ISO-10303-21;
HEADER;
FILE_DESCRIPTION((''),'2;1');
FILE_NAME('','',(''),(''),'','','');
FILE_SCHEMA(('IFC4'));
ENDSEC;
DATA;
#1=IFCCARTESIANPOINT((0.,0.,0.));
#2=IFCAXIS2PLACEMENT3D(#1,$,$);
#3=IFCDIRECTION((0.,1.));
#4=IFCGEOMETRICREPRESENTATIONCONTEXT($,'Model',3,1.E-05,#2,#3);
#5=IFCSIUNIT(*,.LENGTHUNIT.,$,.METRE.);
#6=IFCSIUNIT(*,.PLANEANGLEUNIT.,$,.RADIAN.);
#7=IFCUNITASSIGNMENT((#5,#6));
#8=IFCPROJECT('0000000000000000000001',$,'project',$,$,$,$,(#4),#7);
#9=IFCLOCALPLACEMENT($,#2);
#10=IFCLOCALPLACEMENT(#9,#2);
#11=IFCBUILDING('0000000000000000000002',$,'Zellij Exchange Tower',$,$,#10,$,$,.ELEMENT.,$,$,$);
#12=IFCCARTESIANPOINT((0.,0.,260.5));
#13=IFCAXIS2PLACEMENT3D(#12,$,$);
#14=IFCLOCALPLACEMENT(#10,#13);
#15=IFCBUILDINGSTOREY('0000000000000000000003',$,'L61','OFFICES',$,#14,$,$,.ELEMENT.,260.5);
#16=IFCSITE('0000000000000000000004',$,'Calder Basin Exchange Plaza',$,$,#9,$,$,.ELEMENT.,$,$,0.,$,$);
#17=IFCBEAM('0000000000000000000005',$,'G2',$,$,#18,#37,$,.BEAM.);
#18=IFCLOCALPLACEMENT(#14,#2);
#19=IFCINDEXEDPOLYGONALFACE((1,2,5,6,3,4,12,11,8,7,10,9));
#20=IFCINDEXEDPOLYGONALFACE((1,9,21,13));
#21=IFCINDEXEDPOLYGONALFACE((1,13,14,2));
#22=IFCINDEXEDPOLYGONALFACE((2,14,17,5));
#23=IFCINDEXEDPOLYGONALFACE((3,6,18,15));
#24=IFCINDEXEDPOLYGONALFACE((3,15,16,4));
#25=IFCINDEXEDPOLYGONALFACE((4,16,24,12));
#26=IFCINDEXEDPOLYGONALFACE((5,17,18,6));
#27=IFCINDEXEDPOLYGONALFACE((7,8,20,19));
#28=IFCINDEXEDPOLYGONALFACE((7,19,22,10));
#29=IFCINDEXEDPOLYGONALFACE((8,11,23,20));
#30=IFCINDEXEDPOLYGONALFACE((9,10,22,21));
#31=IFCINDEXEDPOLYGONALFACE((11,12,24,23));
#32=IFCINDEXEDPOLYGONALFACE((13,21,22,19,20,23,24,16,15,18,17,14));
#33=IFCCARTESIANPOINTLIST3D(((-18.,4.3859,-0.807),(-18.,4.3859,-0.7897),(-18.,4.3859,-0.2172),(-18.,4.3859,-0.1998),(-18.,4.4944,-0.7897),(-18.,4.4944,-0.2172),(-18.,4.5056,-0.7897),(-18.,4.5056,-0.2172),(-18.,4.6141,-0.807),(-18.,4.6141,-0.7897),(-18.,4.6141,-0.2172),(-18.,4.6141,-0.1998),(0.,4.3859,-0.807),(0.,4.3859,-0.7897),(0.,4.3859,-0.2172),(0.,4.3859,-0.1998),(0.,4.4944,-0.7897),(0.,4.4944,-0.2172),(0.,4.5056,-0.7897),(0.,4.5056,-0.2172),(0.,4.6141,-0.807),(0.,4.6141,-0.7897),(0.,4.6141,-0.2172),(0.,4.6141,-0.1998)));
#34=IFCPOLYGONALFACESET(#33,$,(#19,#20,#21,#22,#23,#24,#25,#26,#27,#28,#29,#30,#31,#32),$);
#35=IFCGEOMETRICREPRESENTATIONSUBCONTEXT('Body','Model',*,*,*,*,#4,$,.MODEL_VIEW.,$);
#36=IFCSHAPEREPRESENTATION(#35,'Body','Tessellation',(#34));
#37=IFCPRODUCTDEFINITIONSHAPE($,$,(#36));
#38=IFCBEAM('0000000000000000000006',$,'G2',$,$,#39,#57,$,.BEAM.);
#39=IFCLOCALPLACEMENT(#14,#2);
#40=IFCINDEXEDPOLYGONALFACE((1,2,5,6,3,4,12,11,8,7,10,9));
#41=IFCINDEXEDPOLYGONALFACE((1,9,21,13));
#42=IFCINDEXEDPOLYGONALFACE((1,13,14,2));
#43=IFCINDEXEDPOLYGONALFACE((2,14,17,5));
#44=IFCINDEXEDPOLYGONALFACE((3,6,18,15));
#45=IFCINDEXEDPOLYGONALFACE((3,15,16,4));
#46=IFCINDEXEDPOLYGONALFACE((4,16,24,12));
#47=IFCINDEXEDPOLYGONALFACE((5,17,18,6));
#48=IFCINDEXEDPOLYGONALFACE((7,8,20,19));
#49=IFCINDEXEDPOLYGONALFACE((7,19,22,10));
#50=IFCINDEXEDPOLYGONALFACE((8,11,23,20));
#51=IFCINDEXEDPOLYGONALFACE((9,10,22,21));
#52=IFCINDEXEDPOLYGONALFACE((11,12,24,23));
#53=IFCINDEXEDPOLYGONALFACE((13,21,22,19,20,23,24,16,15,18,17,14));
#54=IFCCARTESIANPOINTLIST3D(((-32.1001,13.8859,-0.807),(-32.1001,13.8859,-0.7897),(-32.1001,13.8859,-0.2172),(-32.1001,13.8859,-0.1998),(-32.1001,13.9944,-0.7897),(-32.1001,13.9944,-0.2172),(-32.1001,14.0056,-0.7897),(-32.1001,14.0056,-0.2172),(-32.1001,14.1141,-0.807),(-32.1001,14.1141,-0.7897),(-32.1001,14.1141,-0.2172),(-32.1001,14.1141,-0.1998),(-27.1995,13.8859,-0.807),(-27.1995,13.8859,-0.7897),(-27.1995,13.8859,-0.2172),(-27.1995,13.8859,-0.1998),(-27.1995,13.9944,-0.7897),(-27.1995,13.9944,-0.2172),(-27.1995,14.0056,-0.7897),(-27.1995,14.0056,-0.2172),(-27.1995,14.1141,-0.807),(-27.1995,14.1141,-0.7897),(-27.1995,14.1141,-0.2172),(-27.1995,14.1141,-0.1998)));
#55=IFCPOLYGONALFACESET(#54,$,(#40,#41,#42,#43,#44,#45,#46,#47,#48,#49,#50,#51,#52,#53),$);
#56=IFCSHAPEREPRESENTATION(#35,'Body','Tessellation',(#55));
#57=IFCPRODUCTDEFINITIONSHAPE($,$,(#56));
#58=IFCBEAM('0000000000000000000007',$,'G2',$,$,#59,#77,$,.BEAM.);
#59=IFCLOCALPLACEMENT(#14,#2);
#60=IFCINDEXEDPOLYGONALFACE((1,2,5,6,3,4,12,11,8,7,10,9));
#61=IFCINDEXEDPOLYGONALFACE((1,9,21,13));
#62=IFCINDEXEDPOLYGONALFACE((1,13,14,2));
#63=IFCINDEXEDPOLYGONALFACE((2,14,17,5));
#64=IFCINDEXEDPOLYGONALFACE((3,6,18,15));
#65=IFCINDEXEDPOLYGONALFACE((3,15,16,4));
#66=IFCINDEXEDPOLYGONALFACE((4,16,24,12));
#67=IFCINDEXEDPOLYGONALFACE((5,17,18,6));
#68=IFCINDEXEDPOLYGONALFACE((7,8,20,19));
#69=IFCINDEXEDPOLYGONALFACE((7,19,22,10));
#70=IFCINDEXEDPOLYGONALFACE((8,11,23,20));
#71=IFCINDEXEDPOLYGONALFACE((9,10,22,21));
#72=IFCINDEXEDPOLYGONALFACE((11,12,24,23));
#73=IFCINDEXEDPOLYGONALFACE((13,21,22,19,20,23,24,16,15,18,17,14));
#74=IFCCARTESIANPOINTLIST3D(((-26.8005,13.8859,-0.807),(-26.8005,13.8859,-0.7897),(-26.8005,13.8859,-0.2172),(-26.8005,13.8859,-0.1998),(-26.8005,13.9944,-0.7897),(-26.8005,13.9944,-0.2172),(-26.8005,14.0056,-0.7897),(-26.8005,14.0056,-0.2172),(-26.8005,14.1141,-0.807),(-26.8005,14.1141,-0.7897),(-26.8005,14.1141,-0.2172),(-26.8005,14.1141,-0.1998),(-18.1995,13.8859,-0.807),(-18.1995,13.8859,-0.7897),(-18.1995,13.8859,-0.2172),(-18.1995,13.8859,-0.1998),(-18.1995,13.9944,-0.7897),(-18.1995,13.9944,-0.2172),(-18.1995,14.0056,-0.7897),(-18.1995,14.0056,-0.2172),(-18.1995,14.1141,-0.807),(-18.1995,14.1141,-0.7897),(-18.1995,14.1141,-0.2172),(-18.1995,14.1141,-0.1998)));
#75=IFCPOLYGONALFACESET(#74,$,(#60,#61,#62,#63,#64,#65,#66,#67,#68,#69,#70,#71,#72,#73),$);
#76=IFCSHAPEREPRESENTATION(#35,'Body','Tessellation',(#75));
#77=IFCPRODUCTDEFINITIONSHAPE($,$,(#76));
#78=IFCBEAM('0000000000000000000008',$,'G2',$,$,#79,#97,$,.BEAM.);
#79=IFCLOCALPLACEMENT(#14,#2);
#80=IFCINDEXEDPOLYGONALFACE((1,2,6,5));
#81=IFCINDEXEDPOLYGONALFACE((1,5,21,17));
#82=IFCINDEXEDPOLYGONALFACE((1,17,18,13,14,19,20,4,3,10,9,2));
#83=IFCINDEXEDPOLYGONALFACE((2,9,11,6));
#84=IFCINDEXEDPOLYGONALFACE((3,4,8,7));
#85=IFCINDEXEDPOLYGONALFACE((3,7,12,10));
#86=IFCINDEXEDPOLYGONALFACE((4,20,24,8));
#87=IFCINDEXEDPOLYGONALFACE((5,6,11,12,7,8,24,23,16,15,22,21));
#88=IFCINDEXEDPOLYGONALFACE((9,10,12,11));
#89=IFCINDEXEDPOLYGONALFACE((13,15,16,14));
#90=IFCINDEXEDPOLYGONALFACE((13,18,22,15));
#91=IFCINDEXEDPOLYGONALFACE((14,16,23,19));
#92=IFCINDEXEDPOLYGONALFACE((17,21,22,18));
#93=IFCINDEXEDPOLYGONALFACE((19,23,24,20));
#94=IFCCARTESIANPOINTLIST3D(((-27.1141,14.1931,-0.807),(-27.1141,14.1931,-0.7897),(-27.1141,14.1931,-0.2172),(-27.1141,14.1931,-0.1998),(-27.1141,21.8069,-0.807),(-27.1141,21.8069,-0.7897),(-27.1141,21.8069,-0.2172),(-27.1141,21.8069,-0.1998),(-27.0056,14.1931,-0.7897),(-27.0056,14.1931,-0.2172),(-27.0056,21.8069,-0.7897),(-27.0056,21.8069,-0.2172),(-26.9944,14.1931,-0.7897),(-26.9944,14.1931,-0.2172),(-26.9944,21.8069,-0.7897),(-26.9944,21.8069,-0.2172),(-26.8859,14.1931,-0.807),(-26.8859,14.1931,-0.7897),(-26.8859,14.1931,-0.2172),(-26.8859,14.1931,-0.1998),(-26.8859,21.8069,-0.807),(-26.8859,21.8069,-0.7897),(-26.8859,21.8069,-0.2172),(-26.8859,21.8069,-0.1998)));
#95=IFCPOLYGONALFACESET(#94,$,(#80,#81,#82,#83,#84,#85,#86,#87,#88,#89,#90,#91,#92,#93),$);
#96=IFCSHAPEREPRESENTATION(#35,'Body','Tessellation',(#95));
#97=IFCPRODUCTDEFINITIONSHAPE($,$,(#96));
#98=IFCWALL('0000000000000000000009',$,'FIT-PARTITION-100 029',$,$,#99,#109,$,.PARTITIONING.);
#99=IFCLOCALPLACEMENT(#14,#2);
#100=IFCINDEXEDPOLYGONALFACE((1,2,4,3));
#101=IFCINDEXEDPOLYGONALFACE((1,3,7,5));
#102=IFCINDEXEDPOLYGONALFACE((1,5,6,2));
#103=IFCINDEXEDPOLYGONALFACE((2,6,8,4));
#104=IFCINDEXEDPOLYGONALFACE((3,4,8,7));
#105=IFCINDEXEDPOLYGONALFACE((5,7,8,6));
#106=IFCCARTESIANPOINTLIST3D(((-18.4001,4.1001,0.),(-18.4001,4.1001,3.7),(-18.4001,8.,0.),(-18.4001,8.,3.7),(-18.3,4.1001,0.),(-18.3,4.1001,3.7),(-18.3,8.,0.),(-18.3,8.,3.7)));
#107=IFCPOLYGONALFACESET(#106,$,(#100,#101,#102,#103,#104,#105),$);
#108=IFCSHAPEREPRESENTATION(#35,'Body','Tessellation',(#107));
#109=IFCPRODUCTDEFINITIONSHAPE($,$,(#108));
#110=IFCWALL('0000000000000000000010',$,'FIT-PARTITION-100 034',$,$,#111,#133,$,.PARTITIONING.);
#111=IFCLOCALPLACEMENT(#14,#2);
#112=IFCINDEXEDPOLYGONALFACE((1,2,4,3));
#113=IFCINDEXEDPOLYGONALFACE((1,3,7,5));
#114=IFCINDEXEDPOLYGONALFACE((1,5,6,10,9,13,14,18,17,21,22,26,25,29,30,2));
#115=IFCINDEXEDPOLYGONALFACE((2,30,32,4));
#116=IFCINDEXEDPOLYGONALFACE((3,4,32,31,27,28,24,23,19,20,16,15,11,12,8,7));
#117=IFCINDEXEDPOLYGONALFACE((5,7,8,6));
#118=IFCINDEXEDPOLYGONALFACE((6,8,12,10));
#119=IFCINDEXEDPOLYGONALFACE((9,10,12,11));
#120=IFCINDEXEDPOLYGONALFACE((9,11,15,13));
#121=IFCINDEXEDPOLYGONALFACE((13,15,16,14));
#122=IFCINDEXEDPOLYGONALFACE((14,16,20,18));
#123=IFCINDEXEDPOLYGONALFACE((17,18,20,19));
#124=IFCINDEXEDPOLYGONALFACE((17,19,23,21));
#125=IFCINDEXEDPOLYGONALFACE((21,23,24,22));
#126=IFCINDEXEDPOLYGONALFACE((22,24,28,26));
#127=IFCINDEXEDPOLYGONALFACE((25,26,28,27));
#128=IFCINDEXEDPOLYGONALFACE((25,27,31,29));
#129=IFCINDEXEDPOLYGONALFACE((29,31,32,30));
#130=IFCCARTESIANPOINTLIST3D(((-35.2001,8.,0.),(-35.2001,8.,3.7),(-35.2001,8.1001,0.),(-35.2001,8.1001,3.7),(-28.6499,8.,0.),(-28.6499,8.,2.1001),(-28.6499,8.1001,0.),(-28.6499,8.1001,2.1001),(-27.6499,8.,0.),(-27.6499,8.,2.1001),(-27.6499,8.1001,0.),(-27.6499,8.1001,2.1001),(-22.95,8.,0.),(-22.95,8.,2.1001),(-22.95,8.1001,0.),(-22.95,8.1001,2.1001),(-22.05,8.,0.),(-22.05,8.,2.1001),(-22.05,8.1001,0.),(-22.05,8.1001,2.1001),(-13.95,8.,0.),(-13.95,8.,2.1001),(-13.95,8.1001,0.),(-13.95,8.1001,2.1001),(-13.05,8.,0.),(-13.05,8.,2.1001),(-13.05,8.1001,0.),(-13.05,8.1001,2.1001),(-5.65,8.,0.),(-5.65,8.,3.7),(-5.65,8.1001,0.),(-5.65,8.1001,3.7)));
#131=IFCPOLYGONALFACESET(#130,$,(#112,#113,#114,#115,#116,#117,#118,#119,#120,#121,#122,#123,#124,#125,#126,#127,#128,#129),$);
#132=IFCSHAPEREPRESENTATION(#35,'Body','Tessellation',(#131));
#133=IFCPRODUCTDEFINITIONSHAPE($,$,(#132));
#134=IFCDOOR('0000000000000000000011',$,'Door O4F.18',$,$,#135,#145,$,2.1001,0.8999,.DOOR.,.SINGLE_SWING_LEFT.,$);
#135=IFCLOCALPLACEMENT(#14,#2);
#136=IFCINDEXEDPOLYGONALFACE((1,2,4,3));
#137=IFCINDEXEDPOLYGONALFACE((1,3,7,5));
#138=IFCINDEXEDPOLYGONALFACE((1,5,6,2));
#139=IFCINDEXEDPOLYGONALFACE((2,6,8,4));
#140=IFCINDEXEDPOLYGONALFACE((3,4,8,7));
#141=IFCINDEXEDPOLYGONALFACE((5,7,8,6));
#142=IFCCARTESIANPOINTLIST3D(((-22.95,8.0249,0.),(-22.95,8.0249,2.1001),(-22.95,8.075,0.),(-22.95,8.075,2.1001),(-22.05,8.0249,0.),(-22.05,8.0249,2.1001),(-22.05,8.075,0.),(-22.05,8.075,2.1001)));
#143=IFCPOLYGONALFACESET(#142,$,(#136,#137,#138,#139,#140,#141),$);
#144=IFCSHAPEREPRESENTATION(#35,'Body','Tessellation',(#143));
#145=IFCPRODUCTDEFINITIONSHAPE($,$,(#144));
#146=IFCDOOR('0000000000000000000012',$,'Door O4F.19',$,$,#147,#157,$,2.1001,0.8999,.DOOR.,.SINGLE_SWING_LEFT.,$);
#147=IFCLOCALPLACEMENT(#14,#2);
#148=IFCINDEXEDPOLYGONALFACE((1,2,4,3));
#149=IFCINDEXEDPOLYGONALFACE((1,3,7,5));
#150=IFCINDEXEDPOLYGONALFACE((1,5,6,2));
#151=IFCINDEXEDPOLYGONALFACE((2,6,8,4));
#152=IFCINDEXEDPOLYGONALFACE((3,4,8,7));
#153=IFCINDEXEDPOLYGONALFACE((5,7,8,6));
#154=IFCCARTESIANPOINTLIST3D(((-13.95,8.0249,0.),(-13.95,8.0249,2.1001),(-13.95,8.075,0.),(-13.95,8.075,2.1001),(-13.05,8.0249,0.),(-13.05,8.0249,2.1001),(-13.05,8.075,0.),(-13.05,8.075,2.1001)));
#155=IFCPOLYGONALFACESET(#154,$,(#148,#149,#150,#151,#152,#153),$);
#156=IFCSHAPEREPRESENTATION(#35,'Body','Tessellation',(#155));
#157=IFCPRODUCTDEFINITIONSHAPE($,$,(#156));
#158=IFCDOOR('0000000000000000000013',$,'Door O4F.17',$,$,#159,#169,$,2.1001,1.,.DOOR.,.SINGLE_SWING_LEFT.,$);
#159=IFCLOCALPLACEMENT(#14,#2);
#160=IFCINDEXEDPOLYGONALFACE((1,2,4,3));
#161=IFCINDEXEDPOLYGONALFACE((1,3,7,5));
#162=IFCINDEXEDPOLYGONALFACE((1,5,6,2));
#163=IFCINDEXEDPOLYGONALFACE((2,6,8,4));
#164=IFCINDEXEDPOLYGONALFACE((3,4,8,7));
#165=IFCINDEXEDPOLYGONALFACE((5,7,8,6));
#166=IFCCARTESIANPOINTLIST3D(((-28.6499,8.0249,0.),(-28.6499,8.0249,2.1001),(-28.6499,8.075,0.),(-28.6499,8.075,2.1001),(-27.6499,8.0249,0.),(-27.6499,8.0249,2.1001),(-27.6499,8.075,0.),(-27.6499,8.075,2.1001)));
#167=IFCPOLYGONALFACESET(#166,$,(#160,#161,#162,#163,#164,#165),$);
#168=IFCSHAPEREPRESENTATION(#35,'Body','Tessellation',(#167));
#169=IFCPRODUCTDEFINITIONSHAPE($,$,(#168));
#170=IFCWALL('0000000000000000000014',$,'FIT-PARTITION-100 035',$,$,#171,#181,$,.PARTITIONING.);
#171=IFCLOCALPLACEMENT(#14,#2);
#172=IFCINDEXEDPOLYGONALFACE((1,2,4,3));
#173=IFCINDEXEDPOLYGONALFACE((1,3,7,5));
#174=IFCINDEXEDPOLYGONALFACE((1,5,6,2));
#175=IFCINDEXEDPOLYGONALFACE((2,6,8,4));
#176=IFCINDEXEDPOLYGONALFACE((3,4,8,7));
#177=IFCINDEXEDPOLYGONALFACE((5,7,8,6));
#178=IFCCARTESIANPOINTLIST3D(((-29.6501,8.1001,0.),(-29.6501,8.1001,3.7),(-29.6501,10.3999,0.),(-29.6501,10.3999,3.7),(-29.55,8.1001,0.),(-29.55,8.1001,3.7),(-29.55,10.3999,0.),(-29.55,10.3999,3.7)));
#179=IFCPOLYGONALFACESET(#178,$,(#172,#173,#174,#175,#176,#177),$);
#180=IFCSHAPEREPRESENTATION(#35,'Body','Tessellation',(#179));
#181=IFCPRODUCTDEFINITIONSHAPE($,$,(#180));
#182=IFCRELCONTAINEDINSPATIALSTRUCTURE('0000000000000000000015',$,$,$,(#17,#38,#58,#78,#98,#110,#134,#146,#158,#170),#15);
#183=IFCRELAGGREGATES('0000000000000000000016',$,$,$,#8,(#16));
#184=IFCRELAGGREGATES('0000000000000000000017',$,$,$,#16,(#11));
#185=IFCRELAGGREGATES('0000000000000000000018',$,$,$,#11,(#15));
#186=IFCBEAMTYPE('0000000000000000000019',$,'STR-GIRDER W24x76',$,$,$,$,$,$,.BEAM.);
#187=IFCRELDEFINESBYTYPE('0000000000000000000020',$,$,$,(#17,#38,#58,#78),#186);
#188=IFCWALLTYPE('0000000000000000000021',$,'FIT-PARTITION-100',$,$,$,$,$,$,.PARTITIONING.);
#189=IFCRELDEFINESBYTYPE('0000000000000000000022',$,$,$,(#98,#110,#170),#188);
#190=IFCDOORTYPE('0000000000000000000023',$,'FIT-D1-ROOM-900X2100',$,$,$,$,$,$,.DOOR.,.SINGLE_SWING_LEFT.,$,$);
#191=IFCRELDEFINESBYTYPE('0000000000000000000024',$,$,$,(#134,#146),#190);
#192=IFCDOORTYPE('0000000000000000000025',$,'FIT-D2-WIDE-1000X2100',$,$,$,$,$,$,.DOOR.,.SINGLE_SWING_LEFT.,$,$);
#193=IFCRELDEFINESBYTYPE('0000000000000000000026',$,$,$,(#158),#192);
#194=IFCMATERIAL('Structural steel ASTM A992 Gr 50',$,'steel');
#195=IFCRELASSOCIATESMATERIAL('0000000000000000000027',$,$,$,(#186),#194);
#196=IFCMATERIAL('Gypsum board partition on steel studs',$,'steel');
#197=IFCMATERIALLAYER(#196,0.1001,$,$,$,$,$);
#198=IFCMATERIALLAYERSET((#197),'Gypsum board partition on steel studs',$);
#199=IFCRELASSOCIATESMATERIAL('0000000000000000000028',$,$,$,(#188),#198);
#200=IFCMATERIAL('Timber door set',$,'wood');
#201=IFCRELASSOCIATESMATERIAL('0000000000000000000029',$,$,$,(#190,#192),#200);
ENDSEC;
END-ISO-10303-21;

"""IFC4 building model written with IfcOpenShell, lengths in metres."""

from ifc_helpers import new_model, si_unit, direction, frame, frame_2d, origin, origin_2d, place, context, subcontext, project, spatial, rectangle, i_section, extrude, material, layer, layer_set, material_profile, profile_set, type_object, element, fill, save


model = new_model("IFC4")

# Units and contexts
model_context = context("Model", 3, precision=1e-05, world=origin(), true_north=direction((0.0, 1.0)))
body_context = subcontext(model_context, "Body", "Model", "MODEL_VIEW")
ifc_project = project(units=[si_unit("LENGTHUNIT", "METRE"), si_unit("PLANEANGLEUNIT", "RADIAN")], contexts=[model_context])

# Site, building, storey
site_placement = place(None, origin())
site = spatial("IfcSite", under=ifc_project, at=site_placement, Name="Calder Basin Exchange Plaza", CompositionType="ELEMENT", RefElevation=0.0)
building_placement = place(site_placement, origin())
building = spatial("IfcBuilding", under=site, at=building_placement, Name="Zellij Exchange Tower", CompositionType="ELEMENT")
storey_placement = place(building_placement, frame((0.0, 0.0, 260.5)))
storey = spatial("IfcBuildingStorey", under=building, at=storey_placement, Name="L61", Description="OFFICES", CompositionType="ELEMENT", Elevation=260.5)

# Shared definitions
ifc_material_1 = material(Name="Structural steel ASTM A992 Gr 50", Category="steel")

# Beams
ifc_material_profile_1 = material_profile(ifc_material_1, i_section(OverallWidth=0.2283, OverallDepth=0.6072, WebThickness=0.0112, FlangeThickness=0.0173, at=origin_2d()), Name="W24x76")
ifc_profile_set_1 = profile_set([ifc_material_profile_1], Name="Structural steel ASTM A992 Gr 50")
beam_type_1 = type_object("IfcBeamType", Name="STR-GIRDER W24x76", PredefinedType="BEAM", material=ifc_profile_set_1)
beam_1_placement = place(storey_placement, frame((-18.0, 4.5, -0.5034), z_axis=(1.0, 0.0, 0.0), x_axis=(0.0, 1.0, 0.0)))
element("IfcBeam", 1, at=beam_1_placement, inside=storey, type_object=beam_type_1, Name="G2", PredefinedType="BEAM", context=body_context, shape_type="SweptSolid", body=[
    extrude(i_section(OverallWidth=0.2283, OverallDepth=0.6072, WebThickness=0.0112, FlangeThickness=0.0173, at=origin_2d()), origin(), (0.0, 0.0, 1.0), 18.0),
])
beam_2_placement = place(storey_placement, frame((-32.1001, 14.0, -0.5034), z_axis=(1.0, 0.0, 0.0), x_axis=(0.0, 1.0, 0.0)))
element("IfcBeam", 2, at=beam_2_placement, inside=storey, type_object=beam_type_1, Name="G2", PredefinedType="BEAM", context=body_context, shape_type="SweptSolid", body=[
    extrude(i_section(OverallWidth=0.2283, OverallDepth=0.6072, WebThickness=0.0112, FlangeThickness=0.0173, at=origin_2d()), origin(), (0.0, 0.0, 1.0), 4.9006),
])
beam_3_placement = place(storey_placement, frame((-26.8005, 14.0, -0.5034), z_axis=(1.0, 0.0, 0.0), x_axis=(0.0, 1.0, 0.0)))
element("IfcBeam", 3, at=beam_3_placement, inside=storey, type_object=beam_type_1, Name="G2", PredefinedType="BEAM", context=body_context, shape_type="SweptSolid", body=[
    extrude(i_section(OverallWidth=0.2283, OverallDepth=0.6072, WebThickness=0.0112, FlangeThickness=0.0173, at=origin_2d()), origin(), (0.0, 0.0, 1.0), 8.6011),
])
beam_4_placement = place(storey_placement, frame((-27.0, 14.1931, -0.5034), z_axis=(0.0, 1.0, 0.0), x_axis=(-1.0, 0.0, 0.0)))
element("IfcBeam", 4, at=beam_4_placement, inside=storey, type_object=beam_type_1, Name="G2", PredefinedType="BEAM", context=body_context, shape_type="SweptSolid", body=[
    extrude(i_section(OverallWidth=0.2283, OverallDepth=0.6072, WebThickness=0.0112, FlangeThickness=0.0173, at=origin_2d()), origin(), (0.0, 0.0, 1.0), 7.6138),
])

# Wall
ifc_material_2 = material(Name="Gypsum board partition on steel studs", Category="steel")
ifc_layer = layer(ifc_material_2, 0.1001)
ifc_layer_set = layer_set([ifc_layer], Name="Gypsum board partition on steel studs")
wall_type = type_object("IfcWallType", Name="FIT-PARTITION-100", PredefinedType="PARTITIONING", material=ifc_layer_set)
wall_1_placement = place(storey_placement, frame((-18.3501, 4.1001, 0.0), z_axis=(0.0, 0.0, 1.0), x_axis=(0.0, 1.0, 0.0)))
element("IfcWall", 5, at=wall_1_placement, inside=storey, type_object=wall_type, Name="FIT-PARTITION-100 029", PredefinedType="PARTITIONING", context=body_context, shape_type="SweptSolid", body=[
    extrude(rectangle(XDim=3.8999, YDim=0.1001, at=frame_2d((1.95, 0.0))), origin(), (0.0, 0.0, 1.0), 3.7),
])

# Wall, openings, doors
wall_2_placement = place(storey_placement, frame((-35.2, 8.05, 0.0), z_axis=(0.0, 0.0, 1.0), x_axis=(1.0, 0.0, 0.0)))
wall_2 = element("IfcWall", 6, at=wall_2_placement, inside=storey, type_object=wall_type, Name="FIT-PARTITION-100 034", PredefinedType="PARTITIONING", context=body_context, shape_type="SweptSolid", body=[
    extrude(rectangle(XDim=29.55, YDim=0.1001, at=frame_2d((14.7749, 0.0))), origin(), (0.0, 0.0, 1.0), 3.7),
])
opening_1_placement = place(wall_2_placement, frame((6.55, 0.0, 0.0)))
opening_1 = element("IfcOpeningElement", 7, at=opening_1_placement, cuts=wall_2, PredefinedType="OPENING", context=body_context, shape_type="SweptSolid", body=[
    extrude(rectangle(XDim=1.0, YDim=2.1001, at=frame_2d((0.5, 1.05))), frame((0.0, 0.062, 0.0), z_axis=(0.0, -1.0, 0.0), x_axis=(1.0, 0.0, 0.0)), (0.0, 0.0, 1.0), 0.124),
])
opening_2_placement = place(wall_2_placement, frame((12.25, 0.0, 0.0)))
opening_2 = element("IfcOpeningElement", 8, at=opening_2_placement, cuts=wall_2, PredefinedType="OPENING", context=body_context, shape_type="SweptSolid", body=[
    extrude(rectangle(XDim=0.8999, YDim=2.1001, at=frame_2d((0.45, 1.05))), frame((0.0, 0.062, 0.0), z_axis=(0.0, -1.0, 0.0), x_axis=(1.0, 0.0, 0.0)), (0.0, 0.0, 1.0), 0.124),
])
opening_3_placement = place(wall_2_placement, frame((21.25, 0.0, 0.0)))
opening_3 = element("IfcOpeningElement", 9, at=opening_3_placement, cuts=wall_2, PredefinedType="OPENING", context=body_context, shape_type="SweptSolid", body=[
    extrude(rectangle(XDim=0.8999, YDim=2.1001, at=frame_2d((0.45, 1.05))), frame((0.0, 0.062, 0.0), z_axis=(0.0, -1.0, 0.0), x_axis=(1.0, 0.0, 0.0)), (0.0, 0.0, 1.0), 0.124),
])
ifc_material_3 = material(Name="Timber door set", Category="wood")
door_type_1 = type_object("IfcDoorType", Name="FIT-D1-ROOM-900X2100", OperationType="SINGLE_SWING_LEFT", PredefinedType="DOOR", material=ifc_material_3)
door_1_placement = place(opening_2_placement, origin())
door_1 = element("IfcDoor", 10, at=door_1_placement, inside=storey, type_object=door_type_1, Name="Door O4F.18", OperationType="SINGLE_SWING_LEFT", OverallHeight=2.1001, OverallWidth=0.8999, PredefinedType="DOOR", context=body_context, shape_type="SweptSolid", body=[
    extrude(rectangle(XDim=0.8999, YDim=2.1001, at=frame_2d((0.45, 1.05))), frame((0.0, 0.0249, 0.0), z_axis=(0.0, -1.0, 0.0), x_axis=(1.0, 0.0, 0.0)), (0.0, 0.0, 1.0), 0.05),
])
fill(opening_2, door_1)
door_2_placement = place(opening_3_placement, origin())
door_2 = element("IfcDoor", 11, at=door_2_placement, inside=storey, type_object=door_type_1, Name="Door O4F.19", OperationType="SINGLE_SWING_LEFT", OverallHeight=2.1001, OverallWidth=0.8999, PredefinedType="DOOR", context=body_context, shape_type="SweptSolid", body=[
    extrude(rectangle(XDim=0.8999, YDim=2.1001, at=frame_2d((0.45, 1.05))), frame((0.0, 0.0249, 0.0), z_axis=(0.0, -1.0, 0.0), x_axis=(1.0, 0.0, 0.0)), (0.0, 0.0, 1.0), 0.05),
])
fill(opening_3, door_2)
door_type_2 = type_object("IfcDoorType", Name="FIT-D2-WIDE-1000X2100", OperationType="SINGLE_SWING_LEFT", PredefinedType="DOOR", material=ifc_material_3)
door_3_placement = place(opening_1_placement, origin())
door_3 = element("IfcDoor", 12, at=door_3_placement, inside=storey, type_object=door_type_2, Name="Door O4F.17", OperationType="SINGLE_SWING_LEFT", OverallHeight=2.1001, OverallWidth=1.0, PredefinedType="DOOR", context=body_context, shape_type="SweptSolid", body=[
    extrude(rectangle(XDim=1.0, YDim=2.1001, at=frame_2d((0.5, 1.05))), frame((0.0, 0.0249, 0.0), z_axis=(0.0, -1.0, 0.0), x_axis=(1.0, 0.0, 0.0)), (0.0, 0.0, 1.0), 0.05),
])
fill(opening_1, door_3)

# Wall
wall_3_placement = place(storey_placement, frame((-29.6001, 8.1001, 0.0), z_axis=(0.0, 0.0, 1.0), x_axis=(0.0, 1.0, 0.0)))
element("IfcWall", 13, at=wall_3_placement, inside=storey, type_object=wall_type, Name="FIT-PARTITION-100 035", PredefinedType="PARTITIONING", context=body_context, shape_type="SweptSolid", body=[
    extrude(rectangle(XDim=2.2998, YDim=0.1001, at=frame_2d((1.1499, 0.0))), origin(), (0.0, 0.0, 1.0), 3.7),
])

save(model, "model.ifc")
